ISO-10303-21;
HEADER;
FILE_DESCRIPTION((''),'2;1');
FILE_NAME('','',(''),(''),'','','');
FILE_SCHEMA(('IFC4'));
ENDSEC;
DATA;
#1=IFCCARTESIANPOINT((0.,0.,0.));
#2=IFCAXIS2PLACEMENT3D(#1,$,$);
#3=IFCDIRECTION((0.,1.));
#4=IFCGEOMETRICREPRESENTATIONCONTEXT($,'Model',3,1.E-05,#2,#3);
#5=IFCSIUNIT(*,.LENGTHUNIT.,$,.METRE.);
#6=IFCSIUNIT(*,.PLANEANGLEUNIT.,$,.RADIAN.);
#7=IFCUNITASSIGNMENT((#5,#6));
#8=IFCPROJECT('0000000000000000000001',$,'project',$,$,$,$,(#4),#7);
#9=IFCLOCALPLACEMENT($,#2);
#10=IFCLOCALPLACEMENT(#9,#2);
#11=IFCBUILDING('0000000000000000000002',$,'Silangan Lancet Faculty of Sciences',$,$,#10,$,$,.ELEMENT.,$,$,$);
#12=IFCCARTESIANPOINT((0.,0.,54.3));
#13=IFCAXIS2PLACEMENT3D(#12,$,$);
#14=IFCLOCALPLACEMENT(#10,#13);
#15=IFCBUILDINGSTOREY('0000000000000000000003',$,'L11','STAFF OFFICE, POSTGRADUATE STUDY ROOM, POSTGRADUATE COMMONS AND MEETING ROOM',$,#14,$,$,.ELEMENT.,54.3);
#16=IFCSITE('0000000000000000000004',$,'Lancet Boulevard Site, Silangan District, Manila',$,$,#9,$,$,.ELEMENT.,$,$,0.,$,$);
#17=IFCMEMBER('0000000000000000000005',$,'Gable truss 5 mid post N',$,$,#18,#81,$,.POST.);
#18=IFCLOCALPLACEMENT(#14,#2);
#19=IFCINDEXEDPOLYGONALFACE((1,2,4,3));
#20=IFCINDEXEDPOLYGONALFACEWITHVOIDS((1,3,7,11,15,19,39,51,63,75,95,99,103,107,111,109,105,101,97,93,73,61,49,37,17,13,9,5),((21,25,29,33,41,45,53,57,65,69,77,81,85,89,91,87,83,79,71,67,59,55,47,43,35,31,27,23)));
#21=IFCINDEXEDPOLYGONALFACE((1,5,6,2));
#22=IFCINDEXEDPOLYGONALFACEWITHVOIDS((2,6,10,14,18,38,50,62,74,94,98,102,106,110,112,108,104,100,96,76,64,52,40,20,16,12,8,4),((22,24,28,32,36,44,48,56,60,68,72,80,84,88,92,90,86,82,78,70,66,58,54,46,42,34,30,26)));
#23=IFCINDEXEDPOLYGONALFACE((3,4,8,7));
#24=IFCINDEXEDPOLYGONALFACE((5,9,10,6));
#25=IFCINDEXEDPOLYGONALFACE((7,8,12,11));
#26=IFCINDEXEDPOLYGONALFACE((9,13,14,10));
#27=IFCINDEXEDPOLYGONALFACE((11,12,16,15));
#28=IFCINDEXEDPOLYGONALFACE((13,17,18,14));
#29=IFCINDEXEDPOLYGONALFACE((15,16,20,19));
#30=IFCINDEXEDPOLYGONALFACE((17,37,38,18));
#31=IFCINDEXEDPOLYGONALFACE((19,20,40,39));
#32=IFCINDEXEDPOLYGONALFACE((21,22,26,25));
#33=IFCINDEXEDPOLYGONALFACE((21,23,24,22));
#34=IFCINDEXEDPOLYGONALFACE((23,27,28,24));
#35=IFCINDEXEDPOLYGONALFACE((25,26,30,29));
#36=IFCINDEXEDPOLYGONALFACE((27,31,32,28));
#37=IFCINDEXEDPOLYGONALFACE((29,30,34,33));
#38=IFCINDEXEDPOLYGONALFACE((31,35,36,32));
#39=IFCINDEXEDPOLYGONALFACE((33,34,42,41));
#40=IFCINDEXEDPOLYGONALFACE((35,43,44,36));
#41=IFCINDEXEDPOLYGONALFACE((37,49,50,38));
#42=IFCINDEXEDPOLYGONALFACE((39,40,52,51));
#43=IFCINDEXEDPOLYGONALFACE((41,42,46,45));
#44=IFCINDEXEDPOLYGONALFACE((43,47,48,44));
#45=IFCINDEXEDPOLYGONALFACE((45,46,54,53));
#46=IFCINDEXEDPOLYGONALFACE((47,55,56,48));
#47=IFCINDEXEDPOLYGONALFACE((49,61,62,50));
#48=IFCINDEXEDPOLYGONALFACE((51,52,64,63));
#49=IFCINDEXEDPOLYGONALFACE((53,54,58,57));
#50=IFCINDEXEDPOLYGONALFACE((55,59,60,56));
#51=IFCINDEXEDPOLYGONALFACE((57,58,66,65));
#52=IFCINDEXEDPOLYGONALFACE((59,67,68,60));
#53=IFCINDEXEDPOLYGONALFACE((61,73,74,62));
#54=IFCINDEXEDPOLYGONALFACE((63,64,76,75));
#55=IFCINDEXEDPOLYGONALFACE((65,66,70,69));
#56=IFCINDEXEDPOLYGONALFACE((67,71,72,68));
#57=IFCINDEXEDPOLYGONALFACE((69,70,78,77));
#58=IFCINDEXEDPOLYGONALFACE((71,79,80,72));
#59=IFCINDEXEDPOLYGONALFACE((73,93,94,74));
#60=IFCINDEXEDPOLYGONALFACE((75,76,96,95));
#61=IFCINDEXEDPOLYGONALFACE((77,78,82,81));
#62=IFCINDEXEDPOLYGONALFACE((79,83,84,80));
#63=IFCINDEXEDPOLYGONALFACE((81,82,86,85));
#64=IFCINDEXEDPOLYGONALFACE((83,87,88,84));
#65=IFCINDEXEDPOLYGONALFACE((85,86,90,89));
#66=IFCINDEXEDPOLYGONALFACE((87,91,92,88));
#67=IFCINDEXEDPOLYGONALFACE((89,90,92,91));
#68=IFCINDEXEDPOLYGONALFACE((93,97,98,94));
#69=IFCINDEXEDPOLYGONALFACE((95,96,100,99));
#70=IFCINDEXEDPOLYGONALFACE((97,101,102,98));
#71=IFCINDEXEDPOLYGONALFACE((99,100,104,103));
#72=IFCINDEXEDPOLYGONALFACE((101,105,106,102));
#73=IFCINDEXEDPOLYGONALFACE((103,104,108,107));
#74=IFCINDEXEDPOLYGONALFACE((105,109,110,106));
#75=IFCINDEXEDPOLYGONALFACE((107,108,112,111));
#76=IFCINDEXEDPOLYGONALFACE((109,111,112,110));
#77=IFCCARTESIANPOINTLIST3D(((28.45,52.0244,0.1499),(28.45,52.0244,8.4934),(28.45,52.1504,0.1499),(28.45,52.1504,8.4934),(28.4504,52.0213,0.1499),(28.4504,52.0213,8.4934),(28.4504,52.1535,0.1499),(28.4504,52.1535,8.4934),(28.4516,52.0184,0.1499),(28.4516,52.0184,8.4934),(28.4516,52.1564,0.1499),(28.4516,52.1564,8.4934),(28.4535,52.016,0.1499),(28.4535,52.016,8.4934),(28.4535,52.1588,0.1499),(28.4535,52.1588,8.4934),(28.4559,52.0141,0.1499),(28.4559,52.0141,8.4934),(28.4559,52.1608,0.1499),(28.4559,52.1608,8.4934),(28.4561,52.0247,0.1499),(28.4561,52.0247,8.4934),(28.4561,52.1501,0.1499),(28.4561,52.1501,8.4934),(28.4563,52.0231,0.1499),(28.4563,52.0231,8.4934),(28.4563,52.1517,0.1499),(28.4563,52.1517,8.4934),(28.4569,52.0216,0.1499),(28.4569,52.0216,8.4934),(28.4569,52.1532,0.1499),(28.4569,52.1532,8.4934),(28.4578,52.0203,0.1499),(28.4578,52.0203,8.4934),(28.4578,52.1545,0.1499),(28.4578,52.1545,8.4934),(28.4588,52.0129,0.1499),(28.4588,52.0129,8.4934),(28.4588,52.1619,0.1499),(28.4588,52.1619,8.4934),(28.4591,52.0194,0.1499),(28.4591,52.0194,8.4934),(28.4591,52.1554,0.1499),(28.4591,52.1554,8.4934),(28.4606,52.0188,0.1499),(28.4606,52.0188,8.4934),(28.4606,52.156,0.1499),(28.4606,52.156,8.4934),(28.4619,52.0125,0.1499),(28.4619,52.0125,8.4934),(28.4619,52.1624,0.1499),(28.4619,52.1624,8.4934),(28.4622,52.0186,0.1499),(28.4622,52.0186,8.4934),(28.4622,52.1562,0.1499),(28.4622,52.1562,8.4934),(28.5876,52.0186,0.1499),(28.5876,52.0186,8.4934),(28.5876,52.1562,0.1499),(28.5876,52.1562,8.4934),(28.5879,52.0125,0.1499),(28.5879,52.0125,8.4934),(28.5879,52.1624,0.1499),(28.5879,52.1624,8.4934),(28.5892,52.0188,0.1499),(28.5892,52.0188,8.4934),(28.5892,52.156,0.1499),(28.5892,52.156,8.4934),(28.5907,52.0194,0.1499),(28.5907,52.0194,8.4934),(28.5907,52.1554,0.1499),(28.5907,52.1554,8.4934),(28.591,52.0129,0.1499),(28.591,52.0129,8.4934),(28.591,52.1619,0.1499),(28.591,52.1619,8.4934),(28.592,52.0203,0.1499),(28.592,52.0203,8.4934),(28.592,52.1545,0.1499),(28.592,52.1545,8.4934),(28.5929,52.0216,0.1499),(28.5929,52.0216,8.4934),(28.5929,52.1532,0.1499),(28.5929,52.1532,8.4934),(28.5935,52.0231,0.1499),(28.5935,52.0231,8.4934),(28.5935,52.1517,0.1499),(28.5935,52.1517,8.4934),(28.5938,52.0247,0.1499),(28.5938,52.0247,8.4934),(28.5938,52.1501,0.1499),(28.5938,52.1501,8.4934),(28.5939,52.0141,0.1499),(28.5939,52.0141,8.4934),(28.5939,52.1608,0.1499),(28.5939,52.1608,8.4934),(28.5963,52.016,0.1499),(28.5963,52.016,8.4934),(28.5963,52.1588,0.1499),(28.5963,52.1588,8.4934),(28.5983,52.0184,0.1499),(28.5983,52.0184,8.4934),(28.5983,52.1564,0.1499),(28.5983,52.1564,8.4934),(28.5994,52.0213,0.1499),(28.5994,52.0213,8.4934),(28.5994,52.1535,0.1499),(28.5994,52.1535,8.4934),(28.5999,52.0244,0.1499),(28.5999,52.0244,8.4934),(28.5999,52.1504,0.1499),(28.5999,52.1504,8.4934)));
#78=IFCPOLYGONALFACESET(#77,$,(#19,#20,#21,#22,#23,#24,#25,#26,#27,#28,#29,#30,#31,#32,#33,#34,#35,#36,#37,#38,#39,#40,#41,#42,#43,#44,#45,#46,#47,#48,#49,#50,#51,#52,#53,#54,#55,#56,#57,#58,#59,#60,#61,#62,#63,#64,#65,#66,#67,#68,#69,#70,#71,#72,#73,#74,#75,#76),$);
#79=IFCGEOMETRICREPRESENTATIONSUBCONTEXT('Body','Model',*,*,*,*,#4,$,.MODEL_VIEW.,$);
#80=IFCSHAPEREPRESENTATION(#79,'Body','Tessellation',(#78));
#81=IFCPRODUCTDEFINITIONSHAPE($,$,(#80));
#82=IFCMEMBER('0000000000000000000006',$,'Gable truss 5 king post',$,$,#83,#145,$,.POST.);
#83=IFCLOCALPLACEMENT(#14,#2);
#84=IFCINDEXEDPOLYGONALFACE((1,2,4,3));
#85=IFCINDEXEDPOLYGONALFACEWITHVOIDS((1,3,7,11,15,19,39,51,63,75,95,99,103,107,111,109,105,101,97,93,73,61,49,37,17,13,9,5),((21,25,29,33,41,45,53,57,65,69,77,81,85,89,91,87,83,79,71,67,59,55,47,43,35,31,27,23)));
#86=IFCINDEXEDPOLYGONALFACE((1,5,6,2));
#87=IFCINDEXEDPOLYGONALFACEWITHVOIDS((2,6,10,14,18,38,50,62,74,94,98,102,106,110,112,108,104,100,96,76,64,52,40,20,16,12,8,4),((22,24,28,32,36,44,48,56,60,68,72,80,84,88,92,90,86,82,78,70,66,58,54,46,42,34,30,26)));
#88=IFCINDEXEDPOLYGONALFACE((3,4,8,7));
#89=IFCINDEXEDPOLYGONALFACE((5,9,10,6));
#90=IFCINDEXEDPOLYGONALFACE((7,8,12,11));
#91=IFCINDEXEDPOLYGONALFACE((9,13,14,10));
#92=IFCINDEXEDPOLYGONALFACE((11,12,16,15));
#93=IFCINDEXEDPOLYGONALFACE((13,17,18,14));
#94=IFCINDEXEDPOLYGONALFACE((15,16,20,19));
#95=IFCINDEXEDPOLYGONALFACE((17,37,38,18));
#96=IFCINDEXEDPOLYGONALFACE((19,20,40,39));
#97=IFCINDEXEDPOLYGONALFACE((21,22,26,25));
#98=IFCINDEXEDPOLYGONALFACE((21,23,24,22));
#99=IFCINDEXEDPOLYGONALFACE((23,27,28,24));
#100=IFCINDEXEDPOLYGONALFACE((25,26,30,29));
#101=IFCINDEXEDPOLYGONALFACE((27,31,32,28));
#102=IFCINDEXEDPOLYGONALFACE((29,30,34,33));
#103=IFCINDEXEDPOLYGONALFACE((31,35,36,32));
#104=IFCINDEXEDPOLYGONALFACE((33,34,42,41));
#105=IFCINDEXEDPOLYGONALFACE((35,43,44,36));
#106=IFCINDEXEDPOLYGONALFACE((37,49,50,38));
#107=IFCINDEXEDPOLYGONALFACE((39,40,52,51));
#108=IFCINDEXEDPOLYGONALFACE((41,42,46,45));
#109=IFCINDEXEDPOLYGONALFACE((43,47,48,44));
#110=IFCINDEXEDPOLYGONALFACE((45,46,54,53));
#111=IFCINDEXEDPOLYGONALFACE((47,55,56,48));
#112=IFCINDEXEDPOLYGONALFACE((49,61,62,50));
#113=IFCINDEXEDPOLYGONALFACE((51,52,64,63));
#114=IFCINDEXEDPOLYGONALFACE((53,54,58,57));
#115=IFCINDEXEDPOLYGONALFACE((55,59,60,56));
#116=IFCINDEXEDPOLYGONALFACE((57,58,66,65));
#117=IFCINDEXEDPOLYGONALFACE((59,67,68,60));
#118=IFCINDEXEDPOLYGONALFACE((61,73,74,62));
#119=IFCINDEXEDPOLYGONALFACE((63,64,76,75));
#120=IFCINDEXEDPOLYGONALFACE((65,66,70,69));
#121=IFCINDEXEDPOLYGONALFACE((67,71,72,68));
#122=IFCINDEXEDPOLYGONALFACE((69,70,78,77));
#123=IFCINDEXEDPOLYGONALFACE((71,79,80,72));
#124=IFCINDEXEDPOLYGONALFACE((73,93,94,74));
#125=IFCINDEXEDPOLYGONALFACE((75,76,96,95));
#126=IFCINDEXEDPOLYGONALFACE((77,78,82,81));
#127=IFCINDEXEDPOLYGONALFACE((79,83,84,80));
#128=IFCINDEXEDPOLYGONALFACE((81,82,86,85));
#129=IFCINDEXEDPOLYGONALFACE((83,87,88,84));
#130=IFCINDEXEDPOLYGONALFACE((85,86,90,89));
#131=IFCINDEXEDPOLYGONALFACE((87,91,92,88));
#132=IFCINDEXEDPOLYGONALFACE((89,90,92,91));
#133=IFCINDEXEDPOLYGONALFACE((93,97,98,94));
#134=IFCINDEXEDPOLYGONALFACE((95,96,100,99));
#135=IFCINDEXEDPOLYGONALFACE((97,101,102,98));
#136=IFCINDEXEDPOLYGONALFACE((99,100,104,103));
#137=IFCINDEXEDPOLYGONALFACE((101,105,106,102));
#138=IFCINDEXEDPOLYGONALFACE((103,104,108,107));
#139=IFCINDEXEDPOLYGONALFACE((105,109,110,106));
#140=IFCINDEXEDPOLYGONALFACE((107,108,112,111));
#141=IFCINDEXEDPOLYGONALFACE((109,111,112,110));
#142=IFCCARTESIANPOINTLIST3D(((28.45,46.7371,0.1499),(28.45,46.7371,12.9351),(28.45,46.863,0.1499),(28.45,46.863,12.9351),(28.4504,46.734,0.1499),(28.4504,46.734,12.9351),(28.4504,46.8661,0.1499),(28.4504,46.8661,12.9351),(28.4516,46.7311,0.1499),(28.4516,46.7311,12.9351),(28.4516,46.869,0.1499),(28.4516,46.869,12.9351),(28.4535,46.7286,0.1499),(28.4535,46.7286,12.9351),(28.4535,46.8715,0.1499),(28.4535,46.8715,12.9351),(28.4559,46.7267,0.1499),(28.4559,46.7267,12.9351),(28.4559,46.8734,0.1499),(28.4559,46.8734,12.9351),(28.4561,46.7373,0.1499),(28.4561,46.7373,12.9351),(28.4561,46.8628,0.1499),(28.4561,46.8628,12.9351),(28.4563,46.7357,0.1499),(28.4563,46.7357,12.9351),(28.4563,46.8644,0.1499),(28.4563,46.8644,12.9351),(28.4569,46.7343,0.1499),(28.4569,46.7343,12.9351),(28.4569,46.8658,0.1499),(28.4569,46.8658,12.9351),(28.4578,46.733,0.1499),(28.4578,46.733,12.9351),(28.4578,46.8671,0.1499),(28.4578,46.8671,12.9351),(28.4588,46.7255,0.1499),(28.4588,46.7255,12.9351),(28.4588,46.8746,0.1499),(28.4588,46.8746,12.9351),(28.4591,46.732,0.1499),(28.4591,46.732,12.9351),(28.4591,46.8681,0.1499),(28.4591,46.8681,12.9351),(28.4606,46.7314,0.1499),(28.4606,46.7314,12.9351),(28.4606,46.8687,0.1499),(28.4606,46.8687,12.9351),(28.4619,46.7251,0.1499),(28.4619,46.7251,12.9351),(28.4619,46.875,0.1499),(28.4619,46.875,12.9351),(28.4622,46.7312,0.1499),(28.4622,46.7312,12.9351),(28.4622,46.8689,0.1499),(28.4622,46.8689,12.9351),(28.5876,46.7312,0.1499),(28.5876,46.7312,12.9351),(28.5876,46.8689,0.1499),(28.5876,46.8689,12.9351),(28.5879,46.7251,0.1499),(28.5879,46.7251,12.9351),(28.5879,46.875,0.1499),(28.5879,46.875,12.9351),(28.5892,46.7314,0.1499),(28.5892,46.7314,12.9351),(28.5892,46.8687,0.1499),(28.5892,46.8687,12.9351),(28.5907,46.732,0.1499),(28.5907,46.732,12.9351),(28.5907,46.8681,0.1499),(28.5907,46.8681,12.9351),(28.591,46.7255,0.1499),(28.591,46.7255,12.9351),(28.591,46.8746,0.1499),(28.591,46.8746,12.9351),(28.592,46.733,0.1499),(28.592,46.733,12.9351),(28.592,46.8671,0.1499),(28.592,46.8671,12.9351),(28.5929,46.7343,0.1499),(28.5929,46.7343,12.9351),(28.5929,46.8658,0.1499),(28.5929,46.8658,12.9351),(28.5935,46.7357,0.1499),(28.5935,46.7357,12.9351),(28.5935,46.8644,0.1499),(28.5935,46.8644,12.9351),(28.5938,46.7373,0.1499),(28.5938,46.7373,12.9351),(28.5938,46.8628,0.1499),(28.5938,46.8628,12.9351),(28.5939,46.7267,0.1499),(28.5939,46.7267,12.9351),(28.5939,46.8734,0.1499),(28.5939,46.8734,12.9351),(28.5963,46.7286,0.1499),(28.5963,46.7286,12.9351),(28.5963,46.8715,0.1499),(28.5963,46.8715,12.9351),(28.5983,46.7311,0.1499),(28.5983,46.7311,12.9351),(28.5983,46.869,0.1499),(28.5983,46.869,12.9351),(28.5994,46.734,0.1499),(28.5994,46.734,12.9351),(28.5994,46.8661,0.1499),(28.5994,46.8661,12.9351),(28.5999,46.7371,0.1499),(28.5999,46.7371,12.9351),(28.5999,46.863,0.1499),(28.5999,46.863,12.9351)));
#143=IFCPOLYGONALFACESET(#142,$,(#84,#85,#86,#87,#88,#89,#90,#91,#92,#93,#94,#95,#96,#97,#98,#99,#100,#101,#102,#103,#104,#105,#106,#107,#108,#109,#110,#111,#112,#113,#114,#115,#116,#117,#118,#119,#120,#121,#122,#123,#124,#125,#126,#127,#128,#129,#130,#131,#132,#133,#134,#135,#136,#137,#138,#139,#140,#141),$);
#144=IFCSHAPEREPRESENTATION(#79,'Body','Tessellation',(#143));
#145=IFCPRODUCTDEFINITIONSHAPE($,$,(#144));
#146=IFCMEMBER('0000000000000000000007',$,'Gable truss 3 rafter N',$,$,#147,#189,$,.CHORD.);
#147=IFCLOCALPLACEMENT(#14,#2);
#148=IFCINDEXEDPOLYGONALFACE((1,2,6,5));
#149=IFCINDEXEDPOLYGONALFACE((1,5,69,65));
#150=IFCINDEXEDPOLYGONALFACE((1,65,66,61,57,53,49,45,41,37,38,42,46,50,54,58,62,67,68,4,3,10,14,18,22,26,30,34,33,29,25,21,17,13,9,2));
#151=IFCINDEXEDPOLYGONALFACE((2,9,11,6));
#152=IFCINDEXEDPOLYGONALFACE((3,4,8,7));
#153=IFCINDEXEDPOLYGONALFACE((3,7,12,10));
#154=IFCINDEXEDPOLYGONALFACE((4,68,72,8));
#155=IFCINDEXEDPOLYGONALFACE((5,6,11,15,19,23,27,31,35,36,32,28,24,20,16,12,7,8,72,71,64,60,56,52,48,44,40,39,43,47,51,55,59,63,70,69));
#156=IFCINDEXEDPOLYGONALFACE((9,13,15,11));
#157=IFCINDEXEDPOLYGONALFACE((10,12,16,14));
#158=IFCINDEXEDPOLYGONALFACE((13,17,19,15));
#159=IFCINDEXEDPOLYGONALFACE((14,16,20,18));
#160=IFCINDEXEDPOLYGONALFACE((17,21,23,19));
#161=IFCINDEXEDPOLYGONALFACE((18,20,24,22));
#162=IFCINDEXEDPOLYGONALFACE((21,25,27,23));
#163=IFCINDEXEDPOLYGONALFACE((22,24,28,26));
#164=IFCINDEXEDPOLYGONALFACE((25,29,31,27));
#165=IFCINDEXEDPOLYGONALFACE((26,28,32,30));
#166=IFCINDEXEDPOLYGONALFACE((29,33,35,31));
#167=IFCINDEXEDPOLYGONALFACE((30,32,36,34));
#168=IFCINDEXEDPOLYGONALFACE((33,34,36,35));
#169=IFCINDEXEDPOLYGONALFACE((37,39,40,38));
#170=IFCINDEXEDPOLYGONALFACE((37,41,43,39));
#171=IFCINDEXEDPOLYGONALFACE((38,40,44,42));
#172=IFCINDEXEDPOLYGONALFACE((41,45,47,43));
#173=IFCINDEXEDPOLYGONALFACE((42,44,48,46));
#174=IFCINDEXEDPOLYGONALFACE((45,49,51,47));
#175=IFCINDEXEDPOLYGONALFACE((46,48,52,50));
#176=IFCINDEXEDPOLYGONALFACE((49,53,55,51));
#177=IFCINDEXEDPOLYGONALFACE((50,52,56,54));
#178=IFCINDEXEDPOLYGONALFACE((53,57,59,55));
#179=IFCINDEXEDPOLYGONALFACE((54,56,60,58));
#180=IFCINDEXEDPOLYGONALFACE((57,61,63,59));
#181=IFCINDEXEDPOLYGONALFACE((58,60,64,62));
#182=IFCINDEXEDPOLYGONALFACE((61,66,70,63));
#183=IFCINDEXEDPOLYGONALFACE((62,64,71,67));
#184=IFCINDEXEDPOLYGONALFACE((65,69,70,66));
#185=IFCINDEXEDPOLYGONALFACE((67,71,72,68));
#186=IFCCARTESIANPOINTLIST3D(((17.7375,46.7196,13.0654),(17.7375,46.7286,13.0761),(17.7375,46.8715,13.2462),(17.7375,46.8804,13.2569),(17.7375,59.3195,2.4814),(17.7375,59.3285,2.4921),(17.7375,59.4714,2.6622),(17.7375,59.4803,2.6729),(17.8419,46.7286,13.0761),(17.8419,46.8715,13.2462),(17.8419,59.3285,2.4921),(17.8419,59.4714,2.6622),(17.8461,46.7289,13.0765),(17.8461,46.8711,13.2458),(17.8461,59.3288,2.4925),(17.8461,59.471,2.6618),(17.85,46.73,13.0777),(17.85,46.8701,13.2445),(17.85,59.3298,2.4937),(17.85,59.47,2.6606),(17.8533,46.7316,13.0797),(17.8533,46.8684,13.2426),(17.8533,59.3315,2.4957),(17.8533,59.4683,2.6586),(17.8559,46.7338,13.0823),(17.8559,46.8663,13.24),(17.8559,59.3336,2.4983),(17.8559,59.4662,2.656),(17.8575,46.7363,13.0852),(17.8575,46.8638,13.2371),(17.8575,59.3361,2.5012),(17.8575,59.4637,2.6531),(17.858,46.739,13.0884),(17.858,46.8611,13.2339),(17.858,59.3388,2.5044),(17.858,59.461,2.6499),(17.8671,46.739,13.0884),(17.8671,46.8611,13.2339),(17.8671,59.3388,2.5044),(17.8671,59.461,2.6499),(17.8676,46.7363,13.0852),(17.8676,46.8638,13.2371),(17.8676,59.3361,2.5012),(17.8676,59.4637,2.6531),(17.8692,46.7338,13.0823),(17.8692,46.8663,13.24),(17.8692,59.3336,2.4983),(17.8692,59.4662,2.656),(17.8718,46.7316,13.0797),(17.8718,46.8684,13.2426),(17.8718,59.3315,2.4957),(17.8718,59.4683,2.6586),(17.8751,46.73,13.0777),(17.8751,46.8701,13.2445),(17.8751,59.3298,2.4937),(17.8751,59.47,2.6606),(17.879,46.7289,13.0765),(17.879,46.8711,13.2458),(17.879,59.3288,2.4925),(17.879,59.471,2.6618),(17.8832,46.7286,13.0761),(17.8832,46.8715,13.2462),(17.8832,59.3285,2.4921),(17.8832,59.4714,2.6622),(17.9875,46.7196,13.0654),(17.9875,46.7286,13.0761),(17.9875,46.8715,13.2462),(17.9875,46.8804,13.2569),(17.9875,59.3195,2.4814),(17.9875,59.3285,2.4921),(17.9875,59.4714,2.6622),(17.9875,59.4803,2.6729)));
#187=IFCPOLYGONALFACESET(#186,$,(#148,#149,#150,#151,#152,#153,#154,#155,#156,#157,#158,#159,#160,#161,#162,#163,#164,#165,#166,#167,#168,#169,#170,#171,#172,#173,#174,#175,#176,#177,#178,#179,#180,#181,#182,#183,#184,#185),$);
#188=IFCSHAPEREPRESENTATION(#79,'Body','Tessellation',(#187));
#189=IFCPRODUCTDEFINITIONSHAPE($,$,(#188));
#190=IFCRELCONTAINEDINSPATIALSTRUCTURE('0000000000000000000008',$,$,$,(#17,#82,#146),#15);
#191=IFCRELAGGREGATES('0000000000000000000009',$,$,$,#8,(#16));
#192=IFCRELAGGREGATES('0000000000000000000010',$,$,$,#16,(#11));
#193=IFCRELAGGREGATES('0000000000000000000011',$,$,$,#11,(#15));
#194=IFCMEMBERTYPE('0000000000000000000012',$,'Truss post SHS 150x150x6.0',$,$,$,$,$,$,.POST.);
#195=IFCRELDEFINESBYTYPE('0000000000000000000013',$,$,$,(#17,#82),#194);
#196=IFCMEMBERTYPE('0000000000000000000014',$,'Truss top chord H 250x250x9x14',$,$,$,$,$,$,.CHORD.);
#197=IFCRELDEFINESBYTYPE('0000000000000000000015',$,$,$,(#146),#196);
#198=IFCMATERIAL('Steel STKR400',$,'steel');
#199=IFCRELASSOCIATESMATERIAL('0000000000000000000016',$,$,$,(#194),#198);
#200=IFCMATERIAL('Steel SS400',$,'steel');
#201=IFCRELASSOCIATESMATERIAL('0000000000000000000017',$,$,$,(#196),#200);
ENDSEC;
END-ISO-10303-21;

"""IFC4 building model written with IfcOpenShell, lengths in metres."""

from ifc_helpers import new_model, si_unit, direction, frame, origin, origin_2d, place, context, subcontext, project, spatial, hollow_rectangle, i_section, extrude, material, material_profile, profile_set, type_object, element, save


model = new_model("IFC4")

# Units and contexts
model_context = context("Model", 3, precision=1e-05, world=origin(), true_north=direction((0.0, 1.0)))
body_context = subcontext(model_context, "Body", "Model", "MODEL_VIEW")
ifc_project = project(units=[si_unit("LENGTHUNIT", "METRE"), si_unit("PLANEANGLEUNIT", "RADIAN")], contexts=[model_context])

# Site, building, storey
site_placement = place(None, origin())
site = spatial("IfcSite", under=ifc_project, at=site_placement, Name="Lancet Boulevard Site, Silangan District, Manila", CompositionType="ELEMENT", RefElevation=0.0)
building_placement = place(site_placement, origin())
building = spatial("IfcBuilding", under=site, at=building_placement, Name="Silangan Lancet Faculty of Sciences", CompositionType="ELEMENT")
storey_placement = place(building_placement, frame((0.0, 0.0, 54.3)))
storey = spatial("IfcBuildingStorey", under=building, at=storey_placement, Name="L11", Description="STAFF OFFICE, POSTGRADUATE STUDY ROOM, POSTGRADUATE COMMONS AND MEETING ROOM", CompositionType="ELEMENT", Elevation=54.3)

# Members
ifc_material_1 = material(Name="Steel STKR400", Category="steel")
ifc_material_profile_1 = material_profile(ifc_material_1, hollow_rectangle(XDim=0.1499, YDim=0.1499, WallThickness=0.0061, InnerFilletRadius=0.0061, OuterFilletRadius=0.012, at=origin_2d()), Name="SHS 150x150x6.0")
ifc_profile_set_1 = profile_set([ifc_material_profile_1], Name="Steel STKR400")
member_type_1 = type_object("IfcMemberType", Name="Truss post SHS 150x150x6.0", PredefinedType="POST", material=ifc_profile_set_1)
member_1_placement = place(storey_placement, frame((28.5249, 52.0874, 0.1499), z_axis=(0.0, 0.0, 1.0), x_axis=(1.0, 0.0, 0.0)))
element("IfcMember", 1, at=member_1_placement, inside=storey, type_object=member_type_1, Name="Gable truss 5 mid post N", PredefinedType="POST", context=body_context, shape_type="SweptSolid", body=[
    extrude(hollow_rectangle(XDim=0.1499, YDim=0.1499, WallThickness=0.0061, InnerFilletRadius=0.0061, OuterFilletRadius=0.012, at=origin_2d()), origin(), (0.0, 0.0, 1.0), 8.3435),
])
member_2_placement = place(storey_placement, frame((28.5249, 46.8, 0.1499), z_axis=(0.0, 0.0, 1.0), x_axis=(1.0, 0.0, 0.0)))
element("IfcMember", 2, at=member_2_placement, inside=storey, type_object=member_type_1, Name="Gable truss 5 king post", PredefinedType="POST", context=body_context, shape_type="SweptSolid", body=[
    extrude(hollow_rectangle(XDim=0.1499, YDim=0.1499, WallThickness=0.0061, InnerFilletRadius=0.0061, OuterFilletRadius=0.012, at=origin_2d()), origin(), (0.0, 0.0, 1.0), 12.7852),
])
ifc_material_2 = material(Name="Steel SS400", Category="steel")
ifc_material_profile_2 = material_profile(ifc_material_2, i_section(OverallWidth=0.25, OverallDepth=0.25, WebThickness=0.009, FlangeThickness=0.0139, FilletRadius=0.0161, at=origin_2d()), Name="H 250x250x9x14")
ifc_profile_set_2 = profile_set([ifc_material_profile_2], Name="Steel SS400")
member_type_2 = type_object("IfcMemberType", Name="Truss top chord H 250x250x9x14", PredefinedType="CHORD", material=ifc_profile_set_2)
for number, where, z_axis, x_axis, name in (
    (3, (17.8625, 59.3999, 2.5771), (0.0, -0.765702, 0.643196), (1.0, 0.0, 0.0), "Gable truss 3 rafter N"),
):
    element("IfcMember", number, at=place(storey_placement, frame(where, z_axis=z_axis, x_axis=x_axis)), inside=storey, type_object=member_type_2, Name=name, PredefinedType="CHORD", context=body_context, shape_type="SweptSolid", body=[
        extrude(i_section(OverallWidth=0.25, OverallDepth=0.25, WebThickness=0.009, FlangeThickness=0.0139, FilletRadius=0.0161, at=origin_2d()), origin(), (0.0, 0.0, 1.0), 16.4553),
    ])

save(model, "model.ifc")
